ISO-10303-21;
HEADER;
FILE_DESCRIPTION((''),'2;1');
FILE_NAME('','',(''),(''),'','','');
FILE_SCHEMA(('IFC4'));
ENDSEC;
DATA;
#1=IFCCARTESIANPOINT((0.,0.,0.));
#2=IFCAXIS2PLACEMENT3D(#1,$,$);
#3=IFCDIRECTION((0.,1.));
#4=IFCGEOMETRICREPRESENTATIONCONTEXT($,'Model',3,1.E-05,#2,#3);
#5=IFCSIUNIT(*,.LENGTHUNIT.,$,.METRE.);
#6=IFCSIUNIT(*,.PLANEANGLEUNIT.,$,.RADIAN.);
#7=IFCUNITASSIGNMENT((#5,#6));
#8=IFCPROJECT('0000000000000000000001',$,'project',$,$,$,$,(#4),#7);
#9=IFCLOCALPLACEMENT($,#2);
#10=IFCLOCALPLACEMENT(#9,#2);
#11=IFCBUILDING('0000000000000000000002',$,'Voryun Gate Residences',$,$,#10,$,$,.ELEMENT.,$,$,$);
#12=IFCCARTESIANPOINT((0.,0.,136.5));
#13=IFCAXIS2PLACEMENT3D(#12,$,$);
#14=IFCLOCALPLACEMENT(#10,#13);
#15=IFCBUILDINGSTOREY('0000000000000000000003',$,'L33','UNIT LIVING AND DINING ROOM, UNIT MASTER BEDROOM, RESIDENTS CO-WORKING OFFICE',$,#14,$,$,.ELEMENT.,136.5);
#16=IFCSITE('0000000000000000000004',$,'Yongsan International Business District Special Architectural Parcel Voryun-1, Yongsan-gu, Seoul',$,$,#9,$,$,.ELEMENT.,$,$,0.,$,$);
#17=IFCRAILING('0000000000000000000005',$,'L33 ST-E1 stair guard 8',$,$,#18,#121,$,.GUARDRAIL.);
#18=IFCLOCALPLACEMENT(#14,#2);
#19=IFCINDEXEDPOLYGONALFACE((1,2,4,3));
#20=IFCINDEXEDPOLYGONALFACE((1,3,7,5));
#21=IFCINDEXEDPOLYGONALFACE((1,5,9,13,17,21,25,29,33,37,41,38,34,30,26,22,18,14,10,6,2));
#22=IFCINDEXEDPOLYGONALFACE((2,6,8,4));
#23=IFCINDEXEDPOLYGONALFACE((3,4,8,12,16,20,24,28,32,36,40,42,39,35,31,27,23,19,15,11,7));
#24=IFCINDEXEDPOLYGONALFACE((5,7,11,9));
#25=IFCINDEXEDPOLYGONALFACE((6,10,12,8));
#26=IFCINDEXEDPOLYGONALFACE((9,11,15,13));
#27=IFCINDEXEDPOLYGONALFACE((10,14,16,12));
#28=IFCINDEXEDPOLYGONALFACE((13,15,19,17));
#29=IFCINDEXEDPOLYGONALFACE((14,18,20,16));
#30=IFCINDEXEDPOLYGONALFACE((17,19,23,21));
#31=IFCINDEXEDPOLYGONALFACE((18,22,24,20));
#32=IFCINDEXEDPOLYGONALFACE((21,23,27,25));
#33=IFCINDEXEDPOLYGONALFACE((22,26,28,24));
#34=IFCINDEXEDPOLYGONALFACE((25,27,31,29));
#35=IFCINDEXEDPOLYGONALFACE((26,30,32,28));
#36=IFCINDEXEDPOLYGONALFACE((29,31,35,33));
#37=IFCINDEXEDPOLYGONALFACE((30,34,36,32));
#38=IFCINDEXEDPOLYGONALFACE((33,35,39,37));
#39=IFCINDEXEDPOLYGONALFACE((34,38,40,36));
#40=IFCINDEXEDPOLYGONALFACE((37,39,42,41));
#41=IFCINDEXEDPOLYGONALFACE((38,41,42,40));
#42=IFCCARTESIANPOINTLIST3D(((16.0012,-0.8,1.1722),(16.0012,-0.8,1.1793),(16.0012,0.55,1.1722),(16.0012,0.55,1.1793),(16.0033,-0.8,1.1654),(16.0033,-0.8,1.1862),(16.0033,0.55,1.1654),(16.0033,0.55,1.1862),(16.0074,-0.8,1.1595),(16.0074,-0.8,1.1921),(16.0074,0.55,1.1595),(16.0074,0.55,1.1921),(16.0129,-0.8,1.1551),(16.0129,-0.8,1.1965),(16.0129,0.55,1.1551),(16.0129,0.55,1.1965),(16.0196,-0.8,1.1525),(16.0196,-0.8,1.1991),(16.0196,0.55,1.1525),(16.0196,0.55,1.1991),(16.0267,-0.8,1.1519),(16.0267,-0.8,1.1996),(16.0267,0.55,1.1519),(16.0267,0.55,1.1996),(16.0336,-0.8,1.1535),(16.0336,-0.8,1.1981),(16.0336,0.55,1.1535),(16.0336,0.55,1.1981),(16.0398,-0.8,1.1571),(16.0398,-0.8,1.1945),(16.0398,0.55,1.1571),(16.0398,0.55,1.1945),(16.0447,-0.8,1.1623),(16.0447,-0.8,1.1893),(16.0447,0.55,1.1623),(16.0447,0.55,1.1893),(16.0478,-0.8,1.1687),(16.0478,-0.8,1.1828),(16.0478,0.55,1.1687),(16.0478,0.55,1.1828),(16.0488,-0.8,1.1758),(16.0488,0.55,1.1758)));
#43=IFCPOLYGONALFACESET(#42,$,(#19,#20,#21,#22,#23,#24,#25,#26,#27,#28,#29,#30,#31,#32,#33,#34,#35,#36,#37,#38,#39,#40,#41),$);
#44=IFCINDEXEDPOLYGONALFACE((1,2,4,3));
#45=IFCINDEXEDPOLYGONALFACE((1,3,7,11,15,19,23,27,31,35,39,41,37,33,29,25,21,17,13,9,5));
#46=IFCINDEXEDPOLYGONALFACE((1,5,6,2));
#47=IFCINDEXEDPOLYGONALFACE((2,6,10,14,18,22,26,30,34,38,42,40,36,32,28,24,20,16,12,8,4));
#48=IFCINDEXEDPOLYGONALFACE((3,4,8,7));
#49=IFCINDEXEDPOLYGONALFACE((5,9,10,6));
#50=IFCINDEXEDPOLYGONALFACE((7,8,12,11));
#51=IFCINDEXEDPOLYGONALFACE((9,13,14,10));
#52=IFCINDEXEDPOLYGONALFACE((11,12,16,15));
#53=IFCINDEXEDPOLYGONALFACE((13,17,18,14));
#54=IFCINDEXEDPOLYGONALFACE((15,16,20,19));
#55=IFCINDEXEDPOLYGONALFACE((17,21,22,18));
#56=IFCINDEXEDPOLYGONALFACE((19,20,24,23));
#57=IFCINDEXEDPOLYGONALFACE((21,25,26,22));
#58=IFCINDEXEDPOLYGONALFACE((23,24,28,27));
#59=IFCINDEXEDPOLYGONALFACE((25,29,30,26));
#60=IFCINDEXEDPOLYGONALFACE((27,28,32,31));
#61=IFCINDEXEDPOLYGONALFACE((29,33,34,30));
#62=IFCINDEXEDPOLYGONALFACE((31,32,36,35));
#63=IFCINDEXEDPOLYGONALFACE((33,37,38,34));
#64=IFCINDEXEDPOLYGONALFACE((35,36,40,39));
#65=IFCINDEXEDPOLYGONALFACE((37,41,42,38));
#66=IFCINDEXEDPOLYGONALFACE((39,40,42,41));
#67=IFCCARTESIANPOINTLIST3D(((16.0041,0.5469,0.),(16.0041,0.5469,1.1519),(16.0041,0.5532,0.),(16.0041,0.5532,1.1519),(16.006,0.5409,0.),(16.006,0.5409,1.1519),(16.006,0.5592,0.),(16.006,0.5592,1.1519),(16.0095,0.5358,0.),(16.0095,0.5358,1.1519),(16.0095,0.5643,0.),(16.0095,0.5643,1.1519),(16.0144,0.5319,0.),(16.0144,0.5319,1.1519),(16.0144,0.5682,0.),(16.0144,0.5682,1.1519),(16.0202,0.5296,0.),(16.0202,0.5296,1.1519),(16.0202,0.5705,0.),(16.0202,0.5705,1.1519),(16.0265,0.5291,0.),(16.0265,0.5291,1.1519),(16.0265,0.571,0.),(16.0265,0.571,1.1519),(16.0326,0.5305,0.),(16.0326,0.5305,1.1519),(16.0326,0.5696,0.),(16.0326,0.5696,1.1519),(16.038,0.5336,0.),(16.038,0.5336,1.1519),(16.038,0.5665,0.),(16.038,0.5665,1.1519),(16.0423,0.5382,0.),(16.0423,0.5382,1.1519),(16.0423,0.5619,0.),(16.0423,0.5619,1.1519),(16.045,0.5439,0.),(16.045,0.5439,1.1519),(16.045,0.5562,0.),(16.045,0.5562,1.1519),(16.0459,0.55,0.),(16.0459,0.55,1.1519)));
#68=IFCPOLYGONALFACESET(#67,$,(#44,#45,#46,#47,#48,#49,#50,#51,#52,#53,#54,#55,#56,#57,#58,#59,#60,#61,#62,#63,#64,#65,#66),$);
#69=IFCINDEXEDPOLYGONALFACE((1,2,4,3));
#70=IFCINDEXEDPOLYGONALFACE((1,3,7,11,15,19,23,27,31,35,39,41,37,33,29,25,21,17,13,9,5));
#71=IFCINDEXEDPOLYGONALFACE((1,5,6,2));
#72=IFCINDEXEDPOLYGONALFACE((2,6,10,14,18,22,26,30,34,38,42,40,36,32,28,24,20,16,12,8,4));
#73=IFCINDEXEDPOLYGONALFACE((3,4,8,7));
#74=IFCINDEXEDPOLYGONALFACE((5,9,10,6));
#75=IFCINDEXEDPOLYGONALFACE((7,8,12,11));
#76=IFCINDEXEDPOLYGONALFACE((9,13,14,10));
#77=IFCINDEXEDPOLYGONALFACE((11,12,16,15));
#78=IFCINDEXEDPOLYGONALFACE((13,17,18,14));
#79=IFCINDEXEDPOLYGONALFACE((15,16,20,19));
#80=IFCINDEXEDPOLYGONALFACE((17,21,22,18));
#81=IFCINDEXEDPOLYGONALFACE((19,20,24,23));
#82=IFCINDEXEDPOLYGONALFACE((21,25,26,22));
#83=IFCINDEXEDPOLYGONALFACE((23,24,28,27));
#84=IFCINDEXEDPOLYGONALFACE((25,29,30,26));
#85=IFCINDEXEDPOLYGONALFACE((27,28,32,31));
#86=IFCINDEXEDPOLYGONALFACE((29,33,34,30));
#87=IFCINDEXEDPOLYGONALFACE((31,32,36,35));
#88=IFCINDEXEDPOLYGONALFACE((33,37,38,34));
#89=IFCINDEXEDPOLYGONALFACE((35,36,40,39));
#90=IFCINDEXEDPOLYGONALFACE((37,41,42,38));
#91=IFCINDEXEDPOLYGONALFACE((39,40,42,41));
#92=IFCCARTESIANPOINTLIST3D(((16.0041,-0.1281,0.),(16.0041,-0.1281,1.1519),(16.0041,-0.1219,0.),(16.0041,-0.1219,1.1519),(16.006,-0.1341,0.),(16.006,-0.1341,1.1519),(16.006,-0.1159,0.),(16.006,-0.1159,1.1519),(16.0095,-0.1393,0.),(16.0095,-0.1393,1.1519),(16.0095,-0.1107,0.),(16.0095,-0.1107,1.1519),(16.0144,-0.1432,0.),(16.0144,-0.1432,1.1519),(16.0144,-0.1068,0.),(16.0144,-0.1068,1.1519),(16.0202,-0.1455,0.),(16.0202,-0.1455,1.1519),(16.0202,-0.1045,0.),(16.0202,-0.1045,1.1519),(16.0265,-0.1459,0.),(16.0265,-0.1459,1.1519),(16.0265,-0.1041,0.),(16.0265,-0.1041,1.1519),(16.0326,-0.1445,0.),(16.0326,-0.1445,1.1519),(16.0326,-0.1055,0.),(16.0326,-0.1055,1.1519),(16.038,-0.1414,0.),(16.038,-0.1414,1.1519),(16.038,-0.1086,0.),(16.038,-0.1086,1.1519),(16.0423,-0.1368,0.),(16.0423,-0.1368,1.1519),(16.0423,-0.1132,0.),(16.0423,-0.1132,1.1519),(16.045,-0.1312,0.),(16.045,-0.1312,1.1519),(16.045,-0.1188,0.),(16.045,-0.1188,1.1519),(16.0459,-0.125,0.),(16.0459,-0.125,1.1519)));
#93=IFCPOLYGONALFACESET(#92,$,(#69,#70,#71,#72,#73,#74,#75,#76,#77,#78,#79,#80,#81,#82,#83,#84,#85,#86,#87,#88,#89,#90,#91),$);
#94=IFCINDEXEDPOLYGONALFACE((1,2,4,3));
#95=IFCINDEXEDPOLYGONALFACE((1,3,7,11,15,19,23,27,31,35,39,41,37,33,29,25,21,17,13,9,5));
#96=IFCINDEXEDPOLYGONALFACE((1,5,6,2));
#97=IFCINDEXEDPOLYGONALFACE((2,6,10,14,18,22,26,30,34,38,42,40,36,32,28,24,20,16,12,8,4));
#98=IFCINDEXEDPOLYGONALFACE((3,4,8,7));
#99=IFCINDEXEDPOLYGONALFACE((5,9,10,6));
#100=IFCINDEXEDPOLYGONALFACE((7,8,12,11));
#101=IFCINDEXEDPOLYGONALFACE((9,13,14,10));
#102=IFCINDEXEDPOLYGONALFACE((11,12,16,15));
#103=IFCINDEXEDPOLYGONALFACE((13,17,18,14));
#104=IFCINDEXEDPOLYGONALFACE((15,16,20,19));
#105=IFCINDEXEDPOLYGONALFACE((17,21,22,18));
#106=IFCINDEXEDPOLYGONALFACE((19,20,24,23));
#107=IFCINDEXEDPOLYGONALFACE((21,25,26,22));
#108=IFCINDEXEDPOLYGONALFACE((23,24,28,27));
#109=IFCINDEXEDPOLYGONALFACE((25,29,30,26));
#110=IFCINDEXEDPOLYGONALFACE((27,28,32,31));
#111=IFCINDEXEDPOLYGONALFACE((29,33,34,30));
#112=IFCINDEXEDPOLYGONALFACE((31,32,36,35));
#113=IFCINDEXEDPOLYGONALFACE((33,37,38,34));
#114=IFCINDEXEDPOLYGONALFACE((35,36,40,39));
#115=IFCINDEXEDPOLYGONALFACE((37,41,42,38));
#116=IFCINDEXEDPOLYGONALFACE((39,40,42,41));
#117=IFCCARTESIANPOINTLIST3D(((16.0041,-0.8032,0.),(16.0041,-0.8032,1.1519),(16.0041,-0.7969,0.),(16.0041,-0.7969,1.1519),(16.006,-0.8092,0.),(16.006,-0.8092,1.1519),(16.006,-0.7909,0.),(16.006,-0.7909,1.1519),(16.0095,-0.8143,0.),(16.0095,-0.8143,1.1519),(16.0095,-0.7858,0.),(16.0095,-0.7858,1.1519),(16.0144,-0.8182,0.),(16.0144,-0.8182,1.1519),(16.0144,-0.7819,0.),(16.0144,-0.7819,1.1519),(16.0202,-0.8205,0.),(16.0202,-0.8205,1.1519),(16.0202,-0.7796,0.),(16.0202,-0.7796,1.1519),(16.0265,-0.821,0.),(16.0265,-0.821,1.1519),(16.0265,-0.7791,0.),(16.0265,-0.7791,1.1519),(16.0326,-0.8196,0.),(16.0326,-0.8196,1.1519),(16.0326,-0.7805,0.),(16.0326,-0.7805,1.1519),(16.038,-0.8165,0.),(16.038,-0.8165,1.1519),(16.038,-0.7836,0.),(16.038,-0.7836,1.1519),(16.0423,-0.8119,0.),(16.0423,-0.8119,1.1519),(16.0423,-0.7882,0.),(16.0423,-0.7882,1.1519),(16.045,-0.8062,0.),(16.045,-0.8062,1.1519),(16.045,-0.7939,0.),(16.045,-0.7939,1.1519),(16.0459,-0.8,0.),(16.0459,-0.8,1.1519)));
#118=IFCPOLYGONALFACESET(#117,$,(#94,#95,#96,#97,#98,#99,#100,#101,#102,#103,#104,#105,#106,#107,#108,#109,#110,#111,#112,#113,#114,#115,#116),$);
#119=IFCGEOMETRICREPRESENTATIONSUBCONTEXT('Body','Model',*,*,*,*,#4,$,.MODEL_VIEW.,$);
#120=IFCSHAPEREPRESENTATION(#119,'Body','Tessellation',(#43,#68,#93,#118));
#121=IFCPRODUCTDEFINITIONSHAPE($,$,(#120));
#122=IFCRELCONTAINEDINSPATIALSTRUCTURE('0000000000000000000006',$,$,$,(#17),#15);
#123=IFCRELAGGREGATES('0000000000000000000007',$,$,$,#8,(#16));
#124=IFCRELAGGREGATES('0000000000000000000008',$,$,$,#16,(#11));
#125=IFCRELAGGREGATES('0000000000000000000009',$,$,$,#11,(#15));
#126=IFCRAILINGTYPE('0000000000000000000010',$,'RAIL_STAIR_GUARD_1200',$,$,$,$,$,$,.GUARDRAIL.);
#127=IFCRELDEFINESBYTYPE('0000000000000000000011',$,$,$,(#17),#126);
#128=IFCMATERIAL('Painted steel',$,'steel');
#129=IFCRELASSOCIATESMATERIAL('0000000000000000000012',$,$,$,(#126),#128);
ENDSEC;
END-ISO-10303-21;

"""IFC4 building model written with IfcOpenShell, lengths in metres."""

from ifc_helpers import new_model, si_unit, direction, frame, origin, origin_2d, place, context, subcontext, project, spatial, circle, extrude, material, type_object, element, save


model = new_model("IFC4")

# Units and contexts
model_context = context("Model", 3, precision=1e-05, world=origin(), true_north=direction((0.0, 1.0)))
body_context = subcontext(model_context, "Body", "Model", "MODEL_VIEW")
ifc_project = project(units=[si_unit("LENGTHUNIT", "METRE"), si_unit("PLANEANGLEUNIT", "RADIAN")], contexts=[model_context])

# Site, building, storey
site_placement = place(None, origin())
site = spatial("IfcSite", under=ifc_project, at=site_placement, Name="Yongsan International Business District Special Architectural Parcel Voryun-1, Yongsan-gu, Seoul", CompositionType="ELEMENT", RefElevation=0.0)
building_placement = place(site_placement, origin())
building = spatial("IfcBuilding", under=site, at=building_placement, Name="Voryun Gate Residences", CompositionType="ELEMENT")
storey_placement = place(building_placement, frame((0.0, 0.0, 136.5)))
storey = spatial("IfcBuildingStorey", under=building, at=storey_placement, Name="L33", Description="UNIT LIVING AND DINING ROOM, UNIT MASTER BEDROOM, RESIDENTS CO-WORKING OFFICE", CompositionType="ELEMENT", Elevation=136.5)

# Railing
ifc_material_1 = material(Name="Painted steel", Category="steel")
railing_type = type_object("IfcRailingType", Name="RAIL_STAIR_GUARD_1200", PredefinedType="GUARDRAIL", material=ifc_material_1)
railing_1_placement = place(storey_placement, frame((16.0249, 0.55, 0.0)))
element("IfcRailing", 1, at=railing_1_placement, inside=storey, type_object=railing_type, Name="L33 ST-E1 stair guard 8", PredefinedType="GUARDRAIL", context=body_context, shape_type="SweptSolid", body=[
    extrude(circle(Radius=0.0239, at=origin_2d()), frame((0.0, 0.0, 1.1758), z_axis=(0.0, -1.0, 0.0), x_axis=(1.0, 0.0, 0.0)), (0.0, 0.0, 1.0), 1.3501),
    extrude(circle(Radius=0.021, at=origin_2d()), origin(), (0.0, 0.0, 1.0), 1.1519),
    extrude(circle(Radius=0.021, at=origin_2d()), frame((0.0, -0.675, 0.0)), (0.0, 0.0, 1.0), 1.1519),
    extrude(circle(Radius=0.021, at=origin_2d()), frame((0.0, -1.3501, 0.0)), (0.0, 0.0, 1.0), 1.1519),
])

save(model, "model.ifc")
